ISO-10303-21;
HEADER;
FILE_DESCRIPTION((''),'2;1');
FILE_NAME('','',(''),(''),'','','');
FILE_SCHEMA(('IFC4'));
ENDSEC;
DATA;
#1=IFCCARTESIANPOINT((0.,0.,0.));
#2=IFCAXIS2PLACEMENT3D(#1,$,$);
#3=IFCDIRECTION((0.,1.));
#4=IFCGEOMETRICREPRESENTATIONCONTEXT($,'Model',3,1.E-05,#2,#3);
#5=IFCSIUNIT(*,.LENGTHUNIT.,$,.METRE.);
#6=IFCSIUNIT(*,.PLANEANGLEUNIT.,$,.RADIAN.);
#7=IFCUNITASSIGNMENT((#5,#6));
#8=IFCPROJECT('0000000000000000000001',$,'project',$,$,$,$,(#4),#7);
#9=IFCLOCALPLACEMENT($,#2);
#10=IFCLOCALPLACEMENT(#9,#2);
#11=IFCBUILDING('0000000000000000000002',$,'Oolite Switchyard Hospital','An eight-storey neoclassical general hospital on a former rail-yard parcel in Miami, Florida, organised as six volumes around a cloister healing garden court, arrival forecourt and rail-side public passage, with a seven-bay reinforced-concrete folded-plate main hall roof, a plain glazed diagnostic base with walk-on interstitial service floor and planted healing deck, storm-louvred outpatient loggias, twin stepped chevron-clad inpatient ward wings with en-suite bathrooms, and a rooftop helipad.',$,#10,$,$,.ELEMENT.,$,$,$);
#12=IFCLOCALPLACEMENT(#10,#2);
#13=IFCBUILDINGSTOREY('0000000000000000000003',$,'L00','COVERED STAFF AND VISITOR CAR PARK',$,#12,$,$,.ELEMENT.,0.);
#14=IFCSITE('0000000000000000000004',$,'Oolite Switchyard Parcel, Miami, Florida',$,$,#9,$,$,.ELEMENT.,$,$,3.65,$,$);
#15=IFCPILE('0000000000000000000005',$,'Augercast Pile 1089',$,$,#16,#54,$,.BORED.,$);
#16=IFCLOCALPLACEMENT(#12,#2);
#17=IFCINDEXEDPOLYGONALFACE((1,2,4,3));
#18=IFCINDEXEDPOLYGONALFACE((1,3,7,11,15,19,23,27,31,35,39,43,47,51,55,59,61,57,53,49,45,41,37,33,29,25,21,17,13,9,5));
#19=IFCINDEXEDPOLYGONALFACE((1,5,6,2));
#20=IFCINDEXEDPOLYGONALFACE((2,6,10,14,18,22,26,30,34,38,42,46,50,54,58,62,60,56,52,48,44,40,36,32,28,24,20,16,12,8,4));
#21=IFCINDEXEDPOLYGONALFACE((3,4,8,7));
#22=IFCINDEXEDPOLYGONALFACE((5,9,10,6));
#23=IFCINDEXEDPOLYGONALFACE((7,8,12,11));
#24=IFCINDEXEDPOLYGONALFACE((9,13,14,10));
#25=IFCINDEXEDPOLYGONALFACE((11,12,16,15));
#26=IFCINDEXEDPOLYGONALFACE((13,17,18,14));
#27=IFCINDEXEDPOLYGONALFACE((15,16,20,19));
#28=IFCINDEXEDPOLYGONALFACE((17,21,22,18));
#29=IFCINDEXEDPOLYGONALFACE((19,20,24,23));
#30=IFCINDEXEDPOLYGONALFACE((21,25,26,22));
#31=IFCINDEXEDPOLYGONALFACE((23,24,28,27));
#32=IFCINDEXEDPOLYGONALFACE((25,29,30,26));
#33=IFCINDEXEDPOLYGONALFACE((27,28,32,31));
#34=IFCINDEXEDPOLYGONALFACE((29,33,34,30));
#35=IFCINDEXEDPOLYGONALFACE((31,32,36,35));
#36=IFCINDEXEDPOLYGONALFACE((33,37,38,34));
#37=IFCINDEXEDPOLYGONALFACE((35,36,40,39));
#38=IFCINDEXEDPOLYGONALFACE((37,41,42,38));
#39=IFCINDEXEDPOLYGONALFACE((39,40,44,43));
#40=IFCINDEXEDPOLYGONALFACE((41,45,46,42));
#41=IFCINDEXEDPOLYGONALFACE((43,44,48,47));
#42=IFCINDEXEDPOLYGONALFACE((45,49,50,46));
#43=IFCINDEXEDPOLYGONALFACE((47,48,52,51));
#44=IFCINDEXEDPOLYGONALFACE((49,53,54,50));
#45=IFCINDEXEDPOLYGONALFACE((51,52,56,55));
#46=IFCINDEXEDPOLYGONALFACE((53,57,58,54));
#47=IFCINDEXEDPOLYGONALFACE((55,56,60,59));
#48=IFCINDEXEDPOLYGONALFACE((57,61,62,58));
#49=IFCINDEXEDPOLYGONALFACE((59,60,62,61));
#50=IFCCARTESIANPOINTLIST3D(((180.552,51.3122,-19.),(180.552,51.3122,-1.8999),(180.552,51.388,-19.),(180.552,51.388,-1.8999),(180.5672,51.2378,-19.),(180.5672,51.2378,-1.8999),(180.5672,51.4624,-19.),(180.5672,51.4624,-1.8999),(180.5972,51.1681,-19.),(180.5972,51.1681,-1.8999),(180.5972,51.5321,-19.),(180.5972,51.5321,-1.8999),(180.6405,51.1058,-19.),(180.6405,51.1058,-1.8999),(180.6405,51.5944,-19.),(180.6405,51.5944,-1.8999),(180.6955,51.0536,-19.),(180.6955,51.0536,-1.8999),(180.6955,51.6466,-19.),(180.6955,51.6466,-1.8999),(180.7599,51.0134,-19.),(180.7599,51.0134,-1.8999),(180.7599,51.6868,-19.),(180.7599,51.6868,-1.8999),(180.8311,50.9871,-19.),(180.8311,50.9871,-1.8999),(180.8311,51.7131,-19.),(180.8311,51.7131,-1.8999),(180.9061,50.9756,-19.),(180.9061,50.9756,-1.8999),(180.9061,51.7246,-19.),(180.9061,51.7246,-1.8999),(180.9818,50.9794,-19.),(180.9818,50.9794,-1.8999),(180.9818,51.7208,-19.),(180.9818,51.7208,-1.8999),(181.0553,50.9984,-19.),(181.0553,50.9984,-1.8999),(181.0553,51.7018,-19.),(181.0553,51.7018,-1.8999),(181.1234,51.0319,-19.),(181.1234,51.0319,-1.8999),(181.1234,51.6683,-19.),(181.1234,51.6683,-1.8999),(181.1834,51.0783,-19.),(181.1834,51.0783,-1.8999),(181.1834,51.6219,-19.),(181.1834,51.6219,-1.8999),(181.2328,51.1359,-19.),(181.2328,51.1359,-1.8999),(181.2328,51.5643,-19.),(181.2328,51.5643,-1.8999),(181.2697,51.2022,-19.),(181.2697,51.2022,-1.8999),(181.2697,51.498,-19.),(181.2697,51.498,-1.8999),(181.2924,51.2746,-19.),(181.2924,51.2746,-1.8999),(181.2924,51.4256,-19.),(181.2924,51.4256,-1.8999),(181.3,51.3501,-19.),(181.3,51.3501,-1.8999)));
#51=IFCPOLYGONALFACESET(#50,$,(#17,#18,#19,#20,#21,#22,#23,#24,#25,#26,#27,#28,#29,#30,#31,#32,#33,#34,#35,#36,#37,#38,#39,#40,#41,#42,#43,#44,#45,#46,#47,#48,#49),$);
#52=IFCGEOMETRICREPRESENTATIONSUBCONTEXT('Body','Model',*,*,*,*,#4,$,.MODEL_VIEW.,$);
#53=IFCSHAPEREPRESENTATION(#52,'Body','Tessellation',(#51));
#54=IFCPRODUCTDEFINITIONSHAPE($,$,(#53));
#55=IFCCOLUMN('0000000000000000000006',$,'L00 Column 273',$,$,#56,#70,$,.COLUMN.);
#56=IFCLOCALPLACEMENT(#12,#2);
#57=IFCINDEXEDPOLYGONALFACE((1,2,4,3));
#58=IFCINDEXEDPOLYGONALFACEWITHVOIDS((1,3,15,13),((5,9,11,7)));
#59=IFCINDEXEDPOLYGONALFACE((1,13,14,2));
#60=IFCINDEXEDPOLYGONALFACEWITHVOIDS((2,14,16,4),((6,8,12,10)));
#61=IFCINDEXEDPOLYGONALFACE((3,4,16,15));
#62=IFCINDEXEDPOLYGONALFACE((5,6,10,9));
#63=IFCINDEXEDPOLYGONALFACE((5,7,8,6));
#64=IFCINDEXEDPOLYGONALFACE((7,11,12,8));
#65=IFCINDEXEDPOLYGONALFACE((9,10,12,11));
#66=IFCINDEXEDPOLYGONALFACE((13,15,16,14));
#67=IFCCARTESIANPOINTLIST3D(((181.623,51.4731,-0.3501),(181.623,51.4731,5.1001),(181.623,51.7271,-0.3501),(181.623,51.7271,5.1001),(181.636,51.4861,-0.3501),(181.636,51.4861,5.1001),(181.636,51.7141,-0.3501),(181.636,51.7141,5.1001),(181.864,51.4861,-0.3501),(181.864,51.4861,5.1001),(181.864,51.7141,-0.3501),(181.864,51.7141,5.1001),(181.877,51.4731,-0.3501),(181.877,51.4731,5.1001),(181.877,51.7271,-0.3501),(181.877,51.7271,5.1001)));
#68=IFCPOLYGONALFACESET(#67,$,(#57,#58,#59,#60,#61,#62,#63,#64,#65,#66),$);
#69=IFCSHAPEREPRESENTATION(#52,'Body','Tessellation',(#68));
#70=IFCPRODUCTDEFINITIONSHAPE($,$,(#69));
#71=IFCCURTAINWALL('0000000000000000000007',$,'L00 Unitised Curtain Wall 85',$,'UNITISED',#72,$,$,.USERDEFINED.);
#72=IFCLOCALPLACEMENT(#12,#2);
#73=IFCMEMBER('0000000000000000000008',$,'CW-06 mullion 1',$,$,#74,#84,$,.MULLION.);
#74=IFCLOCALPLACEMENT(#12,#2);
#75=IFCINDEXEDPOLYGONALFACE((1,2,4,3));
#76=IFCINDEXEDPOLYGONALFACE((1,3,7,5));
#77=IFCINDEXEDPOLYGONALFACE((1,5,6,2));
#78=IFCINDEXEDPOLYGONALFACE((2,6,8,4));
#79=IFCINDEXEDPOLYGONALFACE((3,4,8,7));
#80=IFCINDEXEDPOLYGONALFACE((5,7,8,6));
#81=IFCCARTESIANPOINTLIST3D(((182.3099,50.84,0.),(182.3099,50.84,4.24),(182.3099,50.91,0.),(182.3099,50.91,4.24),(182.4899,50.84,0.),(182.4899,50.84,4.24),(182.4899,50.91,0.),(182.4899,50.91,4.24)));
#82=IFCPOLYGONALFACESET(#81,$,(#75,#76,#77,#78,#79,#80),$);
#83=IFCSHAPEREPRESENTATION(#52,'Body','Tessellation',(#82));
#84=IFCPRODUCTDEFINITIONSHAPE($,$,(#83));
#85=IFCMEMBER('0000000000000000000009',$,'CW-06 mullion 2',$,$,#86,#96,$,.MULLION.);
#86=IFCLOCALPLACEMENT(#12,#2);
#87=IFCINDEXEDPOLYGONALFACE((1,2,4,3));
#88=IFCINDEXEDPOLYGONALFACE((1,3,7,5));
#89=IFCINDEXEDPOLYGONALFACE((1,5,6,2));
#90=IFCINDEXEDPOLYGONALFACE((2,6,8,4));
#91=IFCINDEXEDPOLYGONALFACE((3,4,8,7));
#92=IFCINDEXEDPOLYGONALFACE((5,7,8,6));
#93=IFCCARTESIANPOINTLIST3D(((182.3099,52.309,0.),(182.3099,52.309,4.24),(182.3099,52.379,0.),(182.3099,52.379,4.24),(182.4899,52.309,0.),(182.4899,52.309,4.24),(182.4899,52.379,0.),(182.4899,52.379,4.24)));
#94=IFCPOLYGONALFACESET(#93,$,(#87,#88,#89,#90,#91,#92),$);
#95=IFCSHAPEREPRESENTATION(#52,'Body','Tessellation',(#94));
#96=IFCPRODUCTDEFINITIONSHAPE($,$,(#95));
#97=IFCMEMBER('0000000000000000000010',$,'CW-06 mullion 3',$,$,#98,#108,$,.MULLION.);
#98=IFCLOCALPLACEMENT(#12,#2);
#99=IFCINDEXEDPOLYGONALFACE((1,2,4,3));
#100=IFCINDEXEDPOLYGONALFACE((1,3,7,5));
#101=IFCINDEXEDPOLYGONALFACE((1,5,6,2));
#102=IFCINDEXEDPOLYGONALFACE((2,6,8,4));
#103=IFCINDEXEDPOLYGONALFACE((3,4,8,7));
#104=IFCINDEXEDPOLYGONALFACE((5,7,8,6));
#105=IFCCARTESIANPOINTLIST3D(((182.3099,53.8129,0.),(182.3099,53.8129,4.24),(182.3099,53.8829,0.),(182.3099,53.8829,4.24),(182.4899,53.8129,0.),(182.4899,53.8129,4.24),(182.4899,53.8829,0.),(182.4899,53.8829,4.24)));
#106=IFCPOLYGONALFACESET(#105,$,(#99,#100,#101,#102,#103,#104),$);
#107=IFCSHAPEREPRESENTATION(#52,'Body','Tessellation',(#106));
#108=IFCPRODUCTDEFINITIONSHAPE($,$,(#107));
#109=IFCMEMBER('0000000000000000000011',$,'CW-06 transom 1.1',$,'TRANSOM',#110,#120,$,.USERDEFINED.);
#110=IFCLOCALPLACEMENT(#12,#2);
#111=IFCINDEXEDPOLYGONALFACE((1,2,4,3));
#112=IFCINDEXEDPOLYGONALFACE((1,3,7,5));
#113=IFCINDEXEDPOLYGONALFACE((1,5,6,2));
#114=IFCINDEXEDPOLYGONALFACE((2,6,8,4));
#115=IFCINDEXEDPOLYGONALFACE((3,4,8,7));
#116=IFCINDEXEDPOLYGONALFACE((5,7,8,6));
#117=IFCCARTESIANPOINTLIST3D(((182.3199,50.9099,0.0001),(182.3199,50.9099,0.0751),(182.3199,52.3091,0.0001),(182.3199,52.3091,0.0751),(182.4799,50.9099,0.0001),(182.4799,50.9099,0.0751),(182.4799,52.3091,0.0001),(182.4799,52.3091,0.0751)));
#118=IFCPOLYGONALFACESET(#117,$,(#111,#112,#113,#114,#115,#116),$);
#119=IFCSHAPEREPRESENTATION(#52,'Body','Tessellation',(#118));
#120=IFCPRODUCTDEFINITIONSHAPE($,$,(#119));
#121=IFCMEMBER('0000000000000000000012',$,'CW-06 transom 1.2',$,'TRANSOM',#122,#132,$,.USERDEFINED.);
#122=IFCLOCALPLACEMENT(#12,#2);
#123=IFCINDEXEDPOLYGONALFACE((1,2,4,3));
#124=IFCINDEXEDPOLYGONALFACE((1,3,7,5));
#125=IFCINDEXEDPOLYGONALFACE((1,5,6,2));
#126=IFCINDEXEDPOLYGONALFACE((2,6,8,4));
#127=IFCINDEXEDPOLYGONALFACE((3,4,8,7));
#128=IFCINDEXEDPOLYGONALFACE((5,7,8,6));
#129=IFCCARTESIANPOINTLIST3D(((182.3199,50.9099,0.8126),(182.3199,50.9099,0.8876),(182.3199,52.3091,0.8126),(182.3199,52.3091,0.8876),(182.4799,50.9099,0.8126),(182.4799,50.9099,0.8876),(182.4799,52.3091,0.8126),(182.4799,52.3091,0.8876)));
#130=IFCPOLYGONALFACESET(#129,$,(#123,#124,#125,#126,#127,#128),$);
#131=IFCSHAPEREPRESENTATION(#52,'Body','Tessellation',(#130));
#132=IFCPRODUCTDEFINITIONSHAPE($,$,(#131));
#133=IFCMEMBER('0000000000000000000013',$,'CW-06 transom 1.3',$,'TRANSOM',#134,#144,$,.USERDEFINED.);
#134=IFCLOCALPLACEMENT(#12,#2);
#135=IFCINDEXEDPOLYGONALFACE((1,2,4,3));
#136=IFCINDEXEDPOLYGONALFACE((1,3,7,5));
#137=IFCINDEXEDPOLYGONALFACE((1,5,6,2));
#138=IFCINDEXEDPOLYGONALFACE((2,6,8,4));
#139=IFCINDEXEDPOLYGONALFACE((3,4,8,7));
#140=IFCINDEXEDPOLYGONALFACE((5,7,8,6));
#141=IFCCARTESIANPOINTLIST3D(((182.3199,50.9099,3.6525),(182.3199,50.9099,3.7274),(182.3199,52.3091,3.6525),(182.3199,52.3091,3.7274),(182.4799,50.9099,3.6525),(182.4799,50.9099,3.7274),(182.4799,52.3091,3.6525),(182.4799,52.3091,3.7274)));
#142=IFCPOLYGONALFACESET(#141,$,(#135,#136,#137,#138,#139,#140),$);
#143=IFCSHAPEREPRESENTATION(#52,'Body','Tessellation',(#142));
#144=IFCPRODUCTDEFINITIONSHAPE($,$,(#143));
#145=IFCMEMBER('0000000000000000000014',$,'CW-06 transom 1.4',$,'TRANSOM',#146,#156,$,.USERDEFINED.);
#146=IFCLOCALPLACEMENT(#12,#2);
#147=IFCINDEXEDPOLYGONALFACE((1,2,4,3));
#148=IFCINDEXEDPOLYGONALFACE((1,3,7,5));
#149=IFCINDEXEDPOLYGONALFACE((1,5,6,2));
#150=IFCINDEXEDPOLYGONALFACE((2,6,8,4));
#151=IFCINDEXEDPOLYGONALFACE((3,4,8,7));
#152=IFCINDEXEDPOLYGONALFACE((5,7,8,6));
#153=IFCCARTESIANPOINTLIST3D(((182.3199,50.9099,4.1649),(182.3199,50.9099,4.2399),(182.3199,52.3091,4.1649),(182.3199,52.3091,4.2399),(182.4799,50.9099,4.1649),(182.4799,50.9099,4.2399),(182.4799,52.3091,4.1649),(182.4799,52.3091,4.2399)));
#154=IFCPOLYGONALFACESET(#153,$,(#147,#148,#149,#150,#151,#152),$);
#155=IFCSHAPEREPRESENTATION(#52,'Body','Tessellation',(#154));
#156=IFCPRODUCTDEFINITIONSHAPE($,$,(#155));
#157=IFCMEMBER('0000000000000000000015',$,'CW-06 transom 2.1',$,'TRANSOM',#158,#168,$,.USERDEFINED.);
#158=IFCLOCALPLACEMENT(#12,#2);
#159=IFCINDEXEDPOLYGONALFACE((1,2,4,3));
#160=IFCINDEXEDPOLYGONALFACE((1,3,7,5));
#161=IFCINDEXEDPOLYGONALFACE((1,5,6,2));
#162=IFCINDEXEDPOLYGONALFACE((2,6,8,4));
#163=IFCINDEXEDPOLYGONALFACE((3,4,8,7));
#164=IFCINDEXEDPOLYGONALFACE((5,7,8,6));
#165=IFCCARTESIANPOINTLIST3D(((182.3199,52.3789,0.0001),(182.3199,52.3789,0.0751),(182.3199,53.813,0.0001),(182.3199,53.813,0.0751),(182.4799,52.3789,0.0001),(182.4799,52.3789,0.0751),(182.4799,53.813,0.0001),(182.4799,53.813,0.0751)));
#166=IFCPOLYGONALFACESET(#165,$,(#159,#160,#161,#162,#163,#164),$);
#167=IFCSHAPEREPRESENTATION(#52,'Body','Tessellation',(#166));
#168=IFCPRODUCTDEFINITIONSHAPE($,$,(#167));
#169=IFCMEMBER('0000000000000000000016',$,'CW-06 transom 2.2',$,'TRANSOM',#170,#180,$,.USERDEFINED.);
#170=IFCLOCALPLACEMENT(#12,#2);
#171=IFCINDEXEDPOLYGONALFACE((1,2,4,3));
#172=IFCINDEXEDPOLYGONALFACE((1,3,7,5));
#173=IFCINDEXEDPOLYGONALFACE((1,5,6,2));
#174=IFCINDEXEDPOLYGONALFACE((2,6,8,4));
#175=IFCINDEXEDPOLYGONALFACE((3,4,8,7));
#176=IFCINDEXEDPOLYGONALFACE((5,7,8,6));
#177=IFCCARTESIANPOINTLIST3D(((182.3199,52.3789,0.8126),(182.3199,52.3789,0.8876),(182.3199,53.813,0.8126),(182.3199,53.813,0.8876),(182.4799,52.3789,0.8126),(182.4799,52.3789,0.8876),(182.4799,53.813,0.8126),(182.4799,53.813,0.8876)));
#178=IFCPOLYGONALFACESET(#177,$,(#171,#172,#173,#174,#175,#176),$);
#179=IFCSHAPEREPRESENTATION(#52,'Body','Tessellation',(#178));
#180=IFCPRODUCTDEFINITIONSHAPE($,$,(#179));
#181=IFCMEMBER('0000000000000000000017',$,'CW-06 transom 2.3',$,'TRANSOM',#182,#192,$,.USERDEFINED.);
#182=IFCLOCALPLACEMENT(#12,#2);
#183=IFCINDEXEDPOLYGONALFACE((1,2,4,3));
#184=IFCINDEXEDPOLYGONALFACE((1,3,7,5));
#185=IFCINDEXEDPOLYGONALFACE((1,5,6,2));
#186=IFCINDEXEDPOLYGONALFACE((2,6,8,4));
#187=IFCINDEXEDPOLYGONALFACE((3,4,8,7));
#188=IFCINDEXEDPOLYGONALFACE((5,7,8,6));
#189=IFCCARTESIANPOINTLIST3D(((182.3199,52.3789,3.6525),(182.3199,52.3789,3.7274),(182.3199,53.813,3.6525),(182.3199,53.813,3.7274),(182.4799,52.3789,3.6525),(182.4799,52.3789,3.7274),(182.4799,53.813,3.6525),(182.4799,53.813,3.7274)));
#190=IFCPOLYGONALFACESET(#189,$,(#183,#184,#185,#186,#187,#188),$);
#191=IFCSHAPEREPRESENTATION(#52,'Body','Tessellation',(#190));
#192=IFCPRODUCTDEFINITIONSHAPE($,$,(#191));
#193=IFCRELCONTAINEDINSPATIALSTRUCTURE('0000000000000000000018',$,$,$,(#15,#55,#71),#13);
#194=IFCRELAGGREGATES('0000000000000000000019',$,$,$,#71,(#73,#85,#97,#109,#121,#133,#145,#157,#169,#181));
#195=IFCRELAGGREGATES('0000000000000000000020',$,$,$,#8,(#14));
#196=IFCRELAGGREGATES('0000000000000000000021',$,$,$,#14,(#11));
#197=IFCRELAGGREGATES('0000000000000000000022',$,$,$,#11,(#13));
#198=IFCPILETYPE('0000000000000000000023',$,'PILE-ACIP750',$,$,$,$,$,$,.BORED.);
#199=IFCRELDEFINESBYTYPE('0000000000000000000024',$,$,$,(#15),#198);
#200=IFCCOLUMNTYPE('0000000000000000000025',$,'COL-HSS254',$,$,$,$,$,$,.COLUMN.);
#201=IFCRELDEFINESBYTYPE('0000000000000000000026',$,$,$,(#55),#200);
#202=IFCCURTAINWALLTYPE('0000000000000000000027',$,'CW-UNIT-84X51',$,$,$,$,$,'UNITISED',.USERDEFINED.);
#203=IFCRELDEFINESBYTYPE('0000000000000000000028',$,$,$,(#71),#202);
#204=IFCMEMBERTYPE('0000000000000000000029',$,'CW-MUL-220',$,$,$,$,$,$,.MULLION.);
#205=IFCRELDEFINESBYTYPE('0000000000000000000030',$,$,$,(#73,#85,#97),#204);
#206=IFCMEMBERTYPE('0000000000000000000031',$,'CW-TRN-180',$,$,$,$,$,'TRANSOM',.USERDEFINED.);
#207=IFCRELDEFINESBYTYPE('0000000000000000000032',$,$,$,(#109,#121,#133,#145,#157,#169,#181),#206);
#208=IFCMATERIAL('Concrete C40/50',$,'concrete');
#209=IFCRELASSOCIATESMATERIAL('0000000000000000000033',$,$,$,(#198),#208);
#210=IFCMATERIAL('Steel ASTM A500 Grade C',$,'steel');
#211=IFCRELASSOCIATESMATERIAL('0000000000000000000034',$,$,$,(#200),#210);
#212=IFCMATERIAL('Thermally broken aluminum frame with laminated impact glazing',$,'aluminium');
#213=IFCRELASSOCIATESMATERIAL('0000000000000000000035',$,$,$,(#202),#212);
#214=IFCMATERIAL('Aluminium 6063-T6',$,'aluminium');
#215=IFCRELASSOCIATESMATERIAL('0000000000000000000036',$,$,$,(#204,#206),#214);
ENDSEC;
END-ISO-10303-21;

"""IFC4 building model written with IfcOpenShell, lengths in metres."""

from ifc_helpers import new_model, si_unit, direction, frame, origin, origin_2d, place, context, subcontext, project, spatial, rectangle, hollow_rectangle, circle, extrude, material, material_profile, profile_set, type_object, element, aggregate, save


model = new_model("IFC4")

# Units and contexts
model_context = context("Model", 3, precision=1e-05, world=origin(), true_north=direction((0.0, 1.0)))
body_context = subcontext(model_context, "Body", "Model", "MODEL_VIEW")
ifc_project = project(units=[si_unit("LENGTHUNIT", "METRE"), si_unit("PLANEANGLEUNIT", "RADIAN")], contexts=[model_context])

# Site, building, storey
site_placement = place(None, origin())
site = spatial("IfcSite", under=ifc_project, at=site_placement, Name="Oolite Switchyard Parcel, Miami, Florida", CompositionType="ELEMENT", RefElevation=3.65)
building_placement = place(site_placement, origin())
building = spatial("IfcBuilding", under=site, at=building_placement, Name="Oolite Switchyard Hospital", Description="An eight-storey neoclassical general hospital on a former rail-yard parcel in Miami, Florida, organised as six volumes around a cloister healing garden court, arrival forecourt and rail-side public passage, with a seven-bay reinforced-concrete folded-plate main hall roof, a plain glazed diagnostic base with walk-on interstitial service floor and planted healing deck, storm-louvred outpatient loggias, twin stepped chevron-clad inpatient ward wings with en-suite bathrooms, and a rooftop helipad.", CompositionType="ELEMENT")
storey_placement = place(building_placement, origin())
storey = spatial("IfcBuildingStorey", under=building, at=storey_placement, Name="L00", Description="COVERED STAFF AND VISITOR CAR PARK", CompositionType="ELEMENT", Elevation=0.0)

# Pile
ifc_material_1 = material(Name="Concrete C40/50", Category="concrete")
ifc_material_profile_1 = material_profile(ifc_material_1, circle(Radius=0.375, at=origin_2d()), Name="PILE750")
ifc_profile_set_1 = profile_set([ifc_material_profile_1], Name="Concrete C40/50")
pile_type = type_object("IfcPileType", Name="PILE-ACIP750", PredefinedType="BORED", material=ifc_profile_set_1)
pile_placement = place(storey_placement, frame((180.925, 51.3501, -1.8999), z_axis=(0.0, 0.0, -1.0), x_axis=(1.0, 0.0, 0.0)))
element("IfcPile", 1, at=pile_placement, inside=storey, type_object=pile_type, Name="Augercast Pile 1089", PredefinedType="BORED", context=body_context, shape_type="SweptSolid", body=[
    extrude(circle(Radius=0.375, at=origin_2d()), origin(), (0.0, 0.0, 1.0), 17.1001),
])

# Column
ifc_material_2 = material(Name="Steel ASTM A500 Grade C", Category="steel")
ifc_material_profile_2 = material_profile(ifc_material_2, hollow_rectangle(XDim=0.2539, YDim=0.2539, WallThickness=0.0129, at=origin_2d()), Name="HSS254X254X13")
ifc_profile_set_2 = profile_set([ifc_material_profile_2], Name="Steel ASTM A500 Grade C")
column_type = type_object("IfcColumnType", Name="COL-HSS254", PredefinedType="COLUMN", material=ifc_profile_set_2)
column_placement = place(storey_placement, frame((181.75, 51.6001, -0.3501), z_axis=(0.0, 0.0, 1.0), x_axis=(1.0, 0.0, 0.0)))
element("IfcColumn", 2, at=column_placement, inside=storey, type_object=column_type, Name="L00 Column 273", PredefinedType="COLUMN", context=body_context, shape_type="SweptSolid", body=[
    extrude(hollow_rectangle(XDim=0.2539, YDim=0.2539, WallThickness=0.0129, at=origin_2d()), origin(), (0.0, 0.0, 1.0), 5.4502),
])

# Curtain wall, members
ifc_material_3 = material(Name="Thermally broken aluminum frame with laminated impact glazing", Category="aluminium")
curtain_wall_type = type_object("IfcCurtainWallType", Name="CW-UNIT-84X51", ElementType="UNITISED", PredefinedType="USERDEFINED", material=ifc_material_3)
curtain_wall_placement = place(storey_placement, origin())
curtain_wall = element("IfcCurtainWall", 3, at=curtain_wall_placement, inside=storey, type_object=curtain_wall_type, Name="L00 Unitised Curtain Wall 85", ObjectType="UNITISED", PredefinedType="USERDEFINED")
ifc_material_4 = material(Name="Aluminium 6063-T6", Category="aluminium")
ifc_material_profile_3 = material_profile(ifc_material_4, rectangle(XDim=0.1799, YDim=0.0701, at=origin_2d()), Name="CWM70X180")
ifc_profile_set_3 = profile_set([ifc_material_profile_3], Name="Aluminium 6063-T6")
member_type_1 = type_object("IfcMemberType", Name="CW-MUL-220", PredefinedType="MULLION", material=ifc_profile_set_3)
member_1_placement = place(storey_placement, frame((182.3999, 50.875, 0.0), z_axis=(0.0, 0.0, 1.0), x_axis=(-1.0, 0.0, 0.0)))
member_1 = element("IfcMember", 4, at=member_1_placement, type_object=member_type_1, Name="CW-06 mullion 1", PredefinedType="MULLION", context=body_context, shape_type="SweptSolid", body=[
    extrude(rectangle(XDim=0.1799, YDim=0.0701, at=origin_2d()), origin(), (0.0, 0.0, 1.0), 4.24),
])
member_2_placement = place(storey_placement, frame((182.3999, 52.344, 0.0), z_axis=(0.0, 0.0, 1.0), x_axis=(-1.0, 0.0, 0.0)))
member_2 = element("IfcMember", 5, at=member_2_placement, type_object=member_type_1, Name="CW-06 mullion 2", PredefinedType="MULLION", context=body_context, shape_type="SweptSolid", body=[
    extrude(rectangle(XDim=0.1799, YDim=0.0701, at=origin_2d()), origin(), (0.0, 0.0, 1.0), 4.24),
])
member_3_placement = place(storey_placement, frame((182.3999, 53.8479, 0.0), z_axis=(0.0, 0.0, 1.0), x_axis=(-1.0, 0.0, 0.0)))
member_3 = element("IfcMember", 6, at=member_3_placement, type_object=member_type_1, Name="CW-06 mullion 3", PredefinedType="MULLION", context=body_context, shape_type="SweptSolid", body=[
    extrude(rectangle(XDim=0.1799, YDim=0.0701, at=origin_2d()), origin(), (0.0, 0.0, 1.0), 4.24),
])
ifc_material_profile_4 = material_profile(ifc_material_4, rectangle(XDim=0.1599, YDim=0.075, at=origin_2d()), Name="CWT75X160")
ifc_profile_set_4 = profile_set([ifc_material_profile_4], Name="Aluminium 6063-T6")
member_type_2 = type_object("IfcMemberType", Name="CW-TRN-180", ElementType="TRANSOM", PredefinedType="USERDEFINED", material=ifc_profile_set_4)
member_4_placement = place(storey_placement, frame((182.3999, 50.9099, 0.0376), z_axis=(0.0, 1.0, 0.0), x_axis=(-1.0, 0.0, 0.0)))
member_4 = element("IfcMember", 7, at=member_4_placement, type_object=member_type_2, Name="CW-06 transom 1.1", ObjectType="TRANSOM", PredefinedType="USERDEFINED", context=body_context, shape_type="SweptSolid", body=[
    extrude(rectangle(XDim=0.1599, YDim=0.075, at=origin_2d()), origin(), (0.0, 0.0, 1.0), 1.3992),
])
member_5_placement = place(storey_placement, frame((182.3999, 50.9099, 0.8501), z_axis=(0.0, 1.0, 0.0), x_axis=(-1.0, 0.0, 0.0)))
member_5 = element("IfcMember", 8, at=member_5_placement, type_object=member_type_2, Name="CW-06 transom 1.2", ObjectType="TRANSOM", PredefinedType="USERDEFINED", context=body_context, shape_type="SweptSolid", body=[
    extrude(rectangle(XDim=0.1599, YDim=0.075, at=origin_2d()), origin(), (0.0, 0.0, 1.0), 1.3992),
])
member_6_placement = place(storey_placement, frame((182.3999, 50.9099, 3.6899), z_axis=(0.0, 1.0, 0.0), x_axis=(-1.0, 0.0, 0.0)))
member_6 = element("IfcMember", 9, at=member_6_placement, type_object=member_type_2, Name="CW-06 transom 1.3", ObjectType="TRANSOM", PredefinedType="USERDEFINED", context=body_context, shape_type="SweptSolid", body=[
    extrude(rectangle(XDim=0.1599, YDim=0.075, at=origin_2d()), origin(), (0.0, 0.0, 1.0), 1.3992),
])
member_7_placement = place(storey_placement, frame((182.3999, 50.9099, 4.2024), z_axis=(0.0, 1.0, 0.0), x_axis=(-1.0, 0.0, 0.0)))
member_7 = element("IfcMember", 10, at=member_7_placement, type_object=member_type_2, Name="CW-06 transom 1.4", ObjectType="TRANSOM", PredefinedType="USERDEFINED", context=body_context, shape_type="SweptSolid", body=[
    extrude(rectangle(XDim=0.1599, YDim=0.075, at=origin_2d()), origin(), (0.0, 0.0, 1.0), 1.3992),
])
member_8_placement = place(storey_placement, frame((182.3999, 52.3789, 0.0376), z_axis=(0.0, 1.0, 0.0), x_axis=(-1.0, 0.0, 0.0)))
member_8 = element("IfcMember", 11, at=member_8_placement, type_object=member_type_2, Name="CW-06 transom 2.1", ObjectType="TRANSOM", PredefinedType="USERDEFINED", context=body_context, shape_type="SweptSolid", body=[
    extrude(rectangle(XDim=0.1599, YDim=0.075, at=origin_2d()), origin(), (0.0, 0.0, 1.0), 1.4341),
])
member_9_placement = place(storey_placement, frame((182.3999, 52.3789, 0.8501), z_axis=(0.0, 1.0, 0.0), x_axis=(-1.0, 0.0, 0.0)))
member_9 = element("IfcMember", 12, at=member_9_placement, type_object=member_type_2, Name="CW-06 transom 2.2", ObjectType="TRANSOM", PredefinedType="USERDEFINED", context=body_context, shape_type="SweptSolid", body=[
    extrude(rectangle(XDim=0.1599, YDim=0.075, at=origin_2d()), origin(), (0.0, 0.0, 1.0), 1.4341),
])
member_10_placement = place(storey_placement, frame((182.3999, 52.3789, 3.6899), z_axis=(0.0, 1.0, 0.0), x_axis=(-1.0, 0.0, 0.0)))
member_10 = element("IfcMember", 13, at=member_10_placement, type_object=member_type_2, Name="CW-06 transom 2.3", ObjectType="TRANSOM", PredefinedType="USERDEFINED", context=body_context, shape_type="SweptSolid", body=[
    extrude(rectangle(XDim=0.1599, YDim=0.075, at=origin_2d()), origin(), (0.0, 0.0, 1.0), 1.4341),
])
aggregate(curtain_wall, [member_1, member_2, member_3, member_4, member_5, member_6, member_7, member_8, member_9, member_10])

save(model, "model.ifc")
